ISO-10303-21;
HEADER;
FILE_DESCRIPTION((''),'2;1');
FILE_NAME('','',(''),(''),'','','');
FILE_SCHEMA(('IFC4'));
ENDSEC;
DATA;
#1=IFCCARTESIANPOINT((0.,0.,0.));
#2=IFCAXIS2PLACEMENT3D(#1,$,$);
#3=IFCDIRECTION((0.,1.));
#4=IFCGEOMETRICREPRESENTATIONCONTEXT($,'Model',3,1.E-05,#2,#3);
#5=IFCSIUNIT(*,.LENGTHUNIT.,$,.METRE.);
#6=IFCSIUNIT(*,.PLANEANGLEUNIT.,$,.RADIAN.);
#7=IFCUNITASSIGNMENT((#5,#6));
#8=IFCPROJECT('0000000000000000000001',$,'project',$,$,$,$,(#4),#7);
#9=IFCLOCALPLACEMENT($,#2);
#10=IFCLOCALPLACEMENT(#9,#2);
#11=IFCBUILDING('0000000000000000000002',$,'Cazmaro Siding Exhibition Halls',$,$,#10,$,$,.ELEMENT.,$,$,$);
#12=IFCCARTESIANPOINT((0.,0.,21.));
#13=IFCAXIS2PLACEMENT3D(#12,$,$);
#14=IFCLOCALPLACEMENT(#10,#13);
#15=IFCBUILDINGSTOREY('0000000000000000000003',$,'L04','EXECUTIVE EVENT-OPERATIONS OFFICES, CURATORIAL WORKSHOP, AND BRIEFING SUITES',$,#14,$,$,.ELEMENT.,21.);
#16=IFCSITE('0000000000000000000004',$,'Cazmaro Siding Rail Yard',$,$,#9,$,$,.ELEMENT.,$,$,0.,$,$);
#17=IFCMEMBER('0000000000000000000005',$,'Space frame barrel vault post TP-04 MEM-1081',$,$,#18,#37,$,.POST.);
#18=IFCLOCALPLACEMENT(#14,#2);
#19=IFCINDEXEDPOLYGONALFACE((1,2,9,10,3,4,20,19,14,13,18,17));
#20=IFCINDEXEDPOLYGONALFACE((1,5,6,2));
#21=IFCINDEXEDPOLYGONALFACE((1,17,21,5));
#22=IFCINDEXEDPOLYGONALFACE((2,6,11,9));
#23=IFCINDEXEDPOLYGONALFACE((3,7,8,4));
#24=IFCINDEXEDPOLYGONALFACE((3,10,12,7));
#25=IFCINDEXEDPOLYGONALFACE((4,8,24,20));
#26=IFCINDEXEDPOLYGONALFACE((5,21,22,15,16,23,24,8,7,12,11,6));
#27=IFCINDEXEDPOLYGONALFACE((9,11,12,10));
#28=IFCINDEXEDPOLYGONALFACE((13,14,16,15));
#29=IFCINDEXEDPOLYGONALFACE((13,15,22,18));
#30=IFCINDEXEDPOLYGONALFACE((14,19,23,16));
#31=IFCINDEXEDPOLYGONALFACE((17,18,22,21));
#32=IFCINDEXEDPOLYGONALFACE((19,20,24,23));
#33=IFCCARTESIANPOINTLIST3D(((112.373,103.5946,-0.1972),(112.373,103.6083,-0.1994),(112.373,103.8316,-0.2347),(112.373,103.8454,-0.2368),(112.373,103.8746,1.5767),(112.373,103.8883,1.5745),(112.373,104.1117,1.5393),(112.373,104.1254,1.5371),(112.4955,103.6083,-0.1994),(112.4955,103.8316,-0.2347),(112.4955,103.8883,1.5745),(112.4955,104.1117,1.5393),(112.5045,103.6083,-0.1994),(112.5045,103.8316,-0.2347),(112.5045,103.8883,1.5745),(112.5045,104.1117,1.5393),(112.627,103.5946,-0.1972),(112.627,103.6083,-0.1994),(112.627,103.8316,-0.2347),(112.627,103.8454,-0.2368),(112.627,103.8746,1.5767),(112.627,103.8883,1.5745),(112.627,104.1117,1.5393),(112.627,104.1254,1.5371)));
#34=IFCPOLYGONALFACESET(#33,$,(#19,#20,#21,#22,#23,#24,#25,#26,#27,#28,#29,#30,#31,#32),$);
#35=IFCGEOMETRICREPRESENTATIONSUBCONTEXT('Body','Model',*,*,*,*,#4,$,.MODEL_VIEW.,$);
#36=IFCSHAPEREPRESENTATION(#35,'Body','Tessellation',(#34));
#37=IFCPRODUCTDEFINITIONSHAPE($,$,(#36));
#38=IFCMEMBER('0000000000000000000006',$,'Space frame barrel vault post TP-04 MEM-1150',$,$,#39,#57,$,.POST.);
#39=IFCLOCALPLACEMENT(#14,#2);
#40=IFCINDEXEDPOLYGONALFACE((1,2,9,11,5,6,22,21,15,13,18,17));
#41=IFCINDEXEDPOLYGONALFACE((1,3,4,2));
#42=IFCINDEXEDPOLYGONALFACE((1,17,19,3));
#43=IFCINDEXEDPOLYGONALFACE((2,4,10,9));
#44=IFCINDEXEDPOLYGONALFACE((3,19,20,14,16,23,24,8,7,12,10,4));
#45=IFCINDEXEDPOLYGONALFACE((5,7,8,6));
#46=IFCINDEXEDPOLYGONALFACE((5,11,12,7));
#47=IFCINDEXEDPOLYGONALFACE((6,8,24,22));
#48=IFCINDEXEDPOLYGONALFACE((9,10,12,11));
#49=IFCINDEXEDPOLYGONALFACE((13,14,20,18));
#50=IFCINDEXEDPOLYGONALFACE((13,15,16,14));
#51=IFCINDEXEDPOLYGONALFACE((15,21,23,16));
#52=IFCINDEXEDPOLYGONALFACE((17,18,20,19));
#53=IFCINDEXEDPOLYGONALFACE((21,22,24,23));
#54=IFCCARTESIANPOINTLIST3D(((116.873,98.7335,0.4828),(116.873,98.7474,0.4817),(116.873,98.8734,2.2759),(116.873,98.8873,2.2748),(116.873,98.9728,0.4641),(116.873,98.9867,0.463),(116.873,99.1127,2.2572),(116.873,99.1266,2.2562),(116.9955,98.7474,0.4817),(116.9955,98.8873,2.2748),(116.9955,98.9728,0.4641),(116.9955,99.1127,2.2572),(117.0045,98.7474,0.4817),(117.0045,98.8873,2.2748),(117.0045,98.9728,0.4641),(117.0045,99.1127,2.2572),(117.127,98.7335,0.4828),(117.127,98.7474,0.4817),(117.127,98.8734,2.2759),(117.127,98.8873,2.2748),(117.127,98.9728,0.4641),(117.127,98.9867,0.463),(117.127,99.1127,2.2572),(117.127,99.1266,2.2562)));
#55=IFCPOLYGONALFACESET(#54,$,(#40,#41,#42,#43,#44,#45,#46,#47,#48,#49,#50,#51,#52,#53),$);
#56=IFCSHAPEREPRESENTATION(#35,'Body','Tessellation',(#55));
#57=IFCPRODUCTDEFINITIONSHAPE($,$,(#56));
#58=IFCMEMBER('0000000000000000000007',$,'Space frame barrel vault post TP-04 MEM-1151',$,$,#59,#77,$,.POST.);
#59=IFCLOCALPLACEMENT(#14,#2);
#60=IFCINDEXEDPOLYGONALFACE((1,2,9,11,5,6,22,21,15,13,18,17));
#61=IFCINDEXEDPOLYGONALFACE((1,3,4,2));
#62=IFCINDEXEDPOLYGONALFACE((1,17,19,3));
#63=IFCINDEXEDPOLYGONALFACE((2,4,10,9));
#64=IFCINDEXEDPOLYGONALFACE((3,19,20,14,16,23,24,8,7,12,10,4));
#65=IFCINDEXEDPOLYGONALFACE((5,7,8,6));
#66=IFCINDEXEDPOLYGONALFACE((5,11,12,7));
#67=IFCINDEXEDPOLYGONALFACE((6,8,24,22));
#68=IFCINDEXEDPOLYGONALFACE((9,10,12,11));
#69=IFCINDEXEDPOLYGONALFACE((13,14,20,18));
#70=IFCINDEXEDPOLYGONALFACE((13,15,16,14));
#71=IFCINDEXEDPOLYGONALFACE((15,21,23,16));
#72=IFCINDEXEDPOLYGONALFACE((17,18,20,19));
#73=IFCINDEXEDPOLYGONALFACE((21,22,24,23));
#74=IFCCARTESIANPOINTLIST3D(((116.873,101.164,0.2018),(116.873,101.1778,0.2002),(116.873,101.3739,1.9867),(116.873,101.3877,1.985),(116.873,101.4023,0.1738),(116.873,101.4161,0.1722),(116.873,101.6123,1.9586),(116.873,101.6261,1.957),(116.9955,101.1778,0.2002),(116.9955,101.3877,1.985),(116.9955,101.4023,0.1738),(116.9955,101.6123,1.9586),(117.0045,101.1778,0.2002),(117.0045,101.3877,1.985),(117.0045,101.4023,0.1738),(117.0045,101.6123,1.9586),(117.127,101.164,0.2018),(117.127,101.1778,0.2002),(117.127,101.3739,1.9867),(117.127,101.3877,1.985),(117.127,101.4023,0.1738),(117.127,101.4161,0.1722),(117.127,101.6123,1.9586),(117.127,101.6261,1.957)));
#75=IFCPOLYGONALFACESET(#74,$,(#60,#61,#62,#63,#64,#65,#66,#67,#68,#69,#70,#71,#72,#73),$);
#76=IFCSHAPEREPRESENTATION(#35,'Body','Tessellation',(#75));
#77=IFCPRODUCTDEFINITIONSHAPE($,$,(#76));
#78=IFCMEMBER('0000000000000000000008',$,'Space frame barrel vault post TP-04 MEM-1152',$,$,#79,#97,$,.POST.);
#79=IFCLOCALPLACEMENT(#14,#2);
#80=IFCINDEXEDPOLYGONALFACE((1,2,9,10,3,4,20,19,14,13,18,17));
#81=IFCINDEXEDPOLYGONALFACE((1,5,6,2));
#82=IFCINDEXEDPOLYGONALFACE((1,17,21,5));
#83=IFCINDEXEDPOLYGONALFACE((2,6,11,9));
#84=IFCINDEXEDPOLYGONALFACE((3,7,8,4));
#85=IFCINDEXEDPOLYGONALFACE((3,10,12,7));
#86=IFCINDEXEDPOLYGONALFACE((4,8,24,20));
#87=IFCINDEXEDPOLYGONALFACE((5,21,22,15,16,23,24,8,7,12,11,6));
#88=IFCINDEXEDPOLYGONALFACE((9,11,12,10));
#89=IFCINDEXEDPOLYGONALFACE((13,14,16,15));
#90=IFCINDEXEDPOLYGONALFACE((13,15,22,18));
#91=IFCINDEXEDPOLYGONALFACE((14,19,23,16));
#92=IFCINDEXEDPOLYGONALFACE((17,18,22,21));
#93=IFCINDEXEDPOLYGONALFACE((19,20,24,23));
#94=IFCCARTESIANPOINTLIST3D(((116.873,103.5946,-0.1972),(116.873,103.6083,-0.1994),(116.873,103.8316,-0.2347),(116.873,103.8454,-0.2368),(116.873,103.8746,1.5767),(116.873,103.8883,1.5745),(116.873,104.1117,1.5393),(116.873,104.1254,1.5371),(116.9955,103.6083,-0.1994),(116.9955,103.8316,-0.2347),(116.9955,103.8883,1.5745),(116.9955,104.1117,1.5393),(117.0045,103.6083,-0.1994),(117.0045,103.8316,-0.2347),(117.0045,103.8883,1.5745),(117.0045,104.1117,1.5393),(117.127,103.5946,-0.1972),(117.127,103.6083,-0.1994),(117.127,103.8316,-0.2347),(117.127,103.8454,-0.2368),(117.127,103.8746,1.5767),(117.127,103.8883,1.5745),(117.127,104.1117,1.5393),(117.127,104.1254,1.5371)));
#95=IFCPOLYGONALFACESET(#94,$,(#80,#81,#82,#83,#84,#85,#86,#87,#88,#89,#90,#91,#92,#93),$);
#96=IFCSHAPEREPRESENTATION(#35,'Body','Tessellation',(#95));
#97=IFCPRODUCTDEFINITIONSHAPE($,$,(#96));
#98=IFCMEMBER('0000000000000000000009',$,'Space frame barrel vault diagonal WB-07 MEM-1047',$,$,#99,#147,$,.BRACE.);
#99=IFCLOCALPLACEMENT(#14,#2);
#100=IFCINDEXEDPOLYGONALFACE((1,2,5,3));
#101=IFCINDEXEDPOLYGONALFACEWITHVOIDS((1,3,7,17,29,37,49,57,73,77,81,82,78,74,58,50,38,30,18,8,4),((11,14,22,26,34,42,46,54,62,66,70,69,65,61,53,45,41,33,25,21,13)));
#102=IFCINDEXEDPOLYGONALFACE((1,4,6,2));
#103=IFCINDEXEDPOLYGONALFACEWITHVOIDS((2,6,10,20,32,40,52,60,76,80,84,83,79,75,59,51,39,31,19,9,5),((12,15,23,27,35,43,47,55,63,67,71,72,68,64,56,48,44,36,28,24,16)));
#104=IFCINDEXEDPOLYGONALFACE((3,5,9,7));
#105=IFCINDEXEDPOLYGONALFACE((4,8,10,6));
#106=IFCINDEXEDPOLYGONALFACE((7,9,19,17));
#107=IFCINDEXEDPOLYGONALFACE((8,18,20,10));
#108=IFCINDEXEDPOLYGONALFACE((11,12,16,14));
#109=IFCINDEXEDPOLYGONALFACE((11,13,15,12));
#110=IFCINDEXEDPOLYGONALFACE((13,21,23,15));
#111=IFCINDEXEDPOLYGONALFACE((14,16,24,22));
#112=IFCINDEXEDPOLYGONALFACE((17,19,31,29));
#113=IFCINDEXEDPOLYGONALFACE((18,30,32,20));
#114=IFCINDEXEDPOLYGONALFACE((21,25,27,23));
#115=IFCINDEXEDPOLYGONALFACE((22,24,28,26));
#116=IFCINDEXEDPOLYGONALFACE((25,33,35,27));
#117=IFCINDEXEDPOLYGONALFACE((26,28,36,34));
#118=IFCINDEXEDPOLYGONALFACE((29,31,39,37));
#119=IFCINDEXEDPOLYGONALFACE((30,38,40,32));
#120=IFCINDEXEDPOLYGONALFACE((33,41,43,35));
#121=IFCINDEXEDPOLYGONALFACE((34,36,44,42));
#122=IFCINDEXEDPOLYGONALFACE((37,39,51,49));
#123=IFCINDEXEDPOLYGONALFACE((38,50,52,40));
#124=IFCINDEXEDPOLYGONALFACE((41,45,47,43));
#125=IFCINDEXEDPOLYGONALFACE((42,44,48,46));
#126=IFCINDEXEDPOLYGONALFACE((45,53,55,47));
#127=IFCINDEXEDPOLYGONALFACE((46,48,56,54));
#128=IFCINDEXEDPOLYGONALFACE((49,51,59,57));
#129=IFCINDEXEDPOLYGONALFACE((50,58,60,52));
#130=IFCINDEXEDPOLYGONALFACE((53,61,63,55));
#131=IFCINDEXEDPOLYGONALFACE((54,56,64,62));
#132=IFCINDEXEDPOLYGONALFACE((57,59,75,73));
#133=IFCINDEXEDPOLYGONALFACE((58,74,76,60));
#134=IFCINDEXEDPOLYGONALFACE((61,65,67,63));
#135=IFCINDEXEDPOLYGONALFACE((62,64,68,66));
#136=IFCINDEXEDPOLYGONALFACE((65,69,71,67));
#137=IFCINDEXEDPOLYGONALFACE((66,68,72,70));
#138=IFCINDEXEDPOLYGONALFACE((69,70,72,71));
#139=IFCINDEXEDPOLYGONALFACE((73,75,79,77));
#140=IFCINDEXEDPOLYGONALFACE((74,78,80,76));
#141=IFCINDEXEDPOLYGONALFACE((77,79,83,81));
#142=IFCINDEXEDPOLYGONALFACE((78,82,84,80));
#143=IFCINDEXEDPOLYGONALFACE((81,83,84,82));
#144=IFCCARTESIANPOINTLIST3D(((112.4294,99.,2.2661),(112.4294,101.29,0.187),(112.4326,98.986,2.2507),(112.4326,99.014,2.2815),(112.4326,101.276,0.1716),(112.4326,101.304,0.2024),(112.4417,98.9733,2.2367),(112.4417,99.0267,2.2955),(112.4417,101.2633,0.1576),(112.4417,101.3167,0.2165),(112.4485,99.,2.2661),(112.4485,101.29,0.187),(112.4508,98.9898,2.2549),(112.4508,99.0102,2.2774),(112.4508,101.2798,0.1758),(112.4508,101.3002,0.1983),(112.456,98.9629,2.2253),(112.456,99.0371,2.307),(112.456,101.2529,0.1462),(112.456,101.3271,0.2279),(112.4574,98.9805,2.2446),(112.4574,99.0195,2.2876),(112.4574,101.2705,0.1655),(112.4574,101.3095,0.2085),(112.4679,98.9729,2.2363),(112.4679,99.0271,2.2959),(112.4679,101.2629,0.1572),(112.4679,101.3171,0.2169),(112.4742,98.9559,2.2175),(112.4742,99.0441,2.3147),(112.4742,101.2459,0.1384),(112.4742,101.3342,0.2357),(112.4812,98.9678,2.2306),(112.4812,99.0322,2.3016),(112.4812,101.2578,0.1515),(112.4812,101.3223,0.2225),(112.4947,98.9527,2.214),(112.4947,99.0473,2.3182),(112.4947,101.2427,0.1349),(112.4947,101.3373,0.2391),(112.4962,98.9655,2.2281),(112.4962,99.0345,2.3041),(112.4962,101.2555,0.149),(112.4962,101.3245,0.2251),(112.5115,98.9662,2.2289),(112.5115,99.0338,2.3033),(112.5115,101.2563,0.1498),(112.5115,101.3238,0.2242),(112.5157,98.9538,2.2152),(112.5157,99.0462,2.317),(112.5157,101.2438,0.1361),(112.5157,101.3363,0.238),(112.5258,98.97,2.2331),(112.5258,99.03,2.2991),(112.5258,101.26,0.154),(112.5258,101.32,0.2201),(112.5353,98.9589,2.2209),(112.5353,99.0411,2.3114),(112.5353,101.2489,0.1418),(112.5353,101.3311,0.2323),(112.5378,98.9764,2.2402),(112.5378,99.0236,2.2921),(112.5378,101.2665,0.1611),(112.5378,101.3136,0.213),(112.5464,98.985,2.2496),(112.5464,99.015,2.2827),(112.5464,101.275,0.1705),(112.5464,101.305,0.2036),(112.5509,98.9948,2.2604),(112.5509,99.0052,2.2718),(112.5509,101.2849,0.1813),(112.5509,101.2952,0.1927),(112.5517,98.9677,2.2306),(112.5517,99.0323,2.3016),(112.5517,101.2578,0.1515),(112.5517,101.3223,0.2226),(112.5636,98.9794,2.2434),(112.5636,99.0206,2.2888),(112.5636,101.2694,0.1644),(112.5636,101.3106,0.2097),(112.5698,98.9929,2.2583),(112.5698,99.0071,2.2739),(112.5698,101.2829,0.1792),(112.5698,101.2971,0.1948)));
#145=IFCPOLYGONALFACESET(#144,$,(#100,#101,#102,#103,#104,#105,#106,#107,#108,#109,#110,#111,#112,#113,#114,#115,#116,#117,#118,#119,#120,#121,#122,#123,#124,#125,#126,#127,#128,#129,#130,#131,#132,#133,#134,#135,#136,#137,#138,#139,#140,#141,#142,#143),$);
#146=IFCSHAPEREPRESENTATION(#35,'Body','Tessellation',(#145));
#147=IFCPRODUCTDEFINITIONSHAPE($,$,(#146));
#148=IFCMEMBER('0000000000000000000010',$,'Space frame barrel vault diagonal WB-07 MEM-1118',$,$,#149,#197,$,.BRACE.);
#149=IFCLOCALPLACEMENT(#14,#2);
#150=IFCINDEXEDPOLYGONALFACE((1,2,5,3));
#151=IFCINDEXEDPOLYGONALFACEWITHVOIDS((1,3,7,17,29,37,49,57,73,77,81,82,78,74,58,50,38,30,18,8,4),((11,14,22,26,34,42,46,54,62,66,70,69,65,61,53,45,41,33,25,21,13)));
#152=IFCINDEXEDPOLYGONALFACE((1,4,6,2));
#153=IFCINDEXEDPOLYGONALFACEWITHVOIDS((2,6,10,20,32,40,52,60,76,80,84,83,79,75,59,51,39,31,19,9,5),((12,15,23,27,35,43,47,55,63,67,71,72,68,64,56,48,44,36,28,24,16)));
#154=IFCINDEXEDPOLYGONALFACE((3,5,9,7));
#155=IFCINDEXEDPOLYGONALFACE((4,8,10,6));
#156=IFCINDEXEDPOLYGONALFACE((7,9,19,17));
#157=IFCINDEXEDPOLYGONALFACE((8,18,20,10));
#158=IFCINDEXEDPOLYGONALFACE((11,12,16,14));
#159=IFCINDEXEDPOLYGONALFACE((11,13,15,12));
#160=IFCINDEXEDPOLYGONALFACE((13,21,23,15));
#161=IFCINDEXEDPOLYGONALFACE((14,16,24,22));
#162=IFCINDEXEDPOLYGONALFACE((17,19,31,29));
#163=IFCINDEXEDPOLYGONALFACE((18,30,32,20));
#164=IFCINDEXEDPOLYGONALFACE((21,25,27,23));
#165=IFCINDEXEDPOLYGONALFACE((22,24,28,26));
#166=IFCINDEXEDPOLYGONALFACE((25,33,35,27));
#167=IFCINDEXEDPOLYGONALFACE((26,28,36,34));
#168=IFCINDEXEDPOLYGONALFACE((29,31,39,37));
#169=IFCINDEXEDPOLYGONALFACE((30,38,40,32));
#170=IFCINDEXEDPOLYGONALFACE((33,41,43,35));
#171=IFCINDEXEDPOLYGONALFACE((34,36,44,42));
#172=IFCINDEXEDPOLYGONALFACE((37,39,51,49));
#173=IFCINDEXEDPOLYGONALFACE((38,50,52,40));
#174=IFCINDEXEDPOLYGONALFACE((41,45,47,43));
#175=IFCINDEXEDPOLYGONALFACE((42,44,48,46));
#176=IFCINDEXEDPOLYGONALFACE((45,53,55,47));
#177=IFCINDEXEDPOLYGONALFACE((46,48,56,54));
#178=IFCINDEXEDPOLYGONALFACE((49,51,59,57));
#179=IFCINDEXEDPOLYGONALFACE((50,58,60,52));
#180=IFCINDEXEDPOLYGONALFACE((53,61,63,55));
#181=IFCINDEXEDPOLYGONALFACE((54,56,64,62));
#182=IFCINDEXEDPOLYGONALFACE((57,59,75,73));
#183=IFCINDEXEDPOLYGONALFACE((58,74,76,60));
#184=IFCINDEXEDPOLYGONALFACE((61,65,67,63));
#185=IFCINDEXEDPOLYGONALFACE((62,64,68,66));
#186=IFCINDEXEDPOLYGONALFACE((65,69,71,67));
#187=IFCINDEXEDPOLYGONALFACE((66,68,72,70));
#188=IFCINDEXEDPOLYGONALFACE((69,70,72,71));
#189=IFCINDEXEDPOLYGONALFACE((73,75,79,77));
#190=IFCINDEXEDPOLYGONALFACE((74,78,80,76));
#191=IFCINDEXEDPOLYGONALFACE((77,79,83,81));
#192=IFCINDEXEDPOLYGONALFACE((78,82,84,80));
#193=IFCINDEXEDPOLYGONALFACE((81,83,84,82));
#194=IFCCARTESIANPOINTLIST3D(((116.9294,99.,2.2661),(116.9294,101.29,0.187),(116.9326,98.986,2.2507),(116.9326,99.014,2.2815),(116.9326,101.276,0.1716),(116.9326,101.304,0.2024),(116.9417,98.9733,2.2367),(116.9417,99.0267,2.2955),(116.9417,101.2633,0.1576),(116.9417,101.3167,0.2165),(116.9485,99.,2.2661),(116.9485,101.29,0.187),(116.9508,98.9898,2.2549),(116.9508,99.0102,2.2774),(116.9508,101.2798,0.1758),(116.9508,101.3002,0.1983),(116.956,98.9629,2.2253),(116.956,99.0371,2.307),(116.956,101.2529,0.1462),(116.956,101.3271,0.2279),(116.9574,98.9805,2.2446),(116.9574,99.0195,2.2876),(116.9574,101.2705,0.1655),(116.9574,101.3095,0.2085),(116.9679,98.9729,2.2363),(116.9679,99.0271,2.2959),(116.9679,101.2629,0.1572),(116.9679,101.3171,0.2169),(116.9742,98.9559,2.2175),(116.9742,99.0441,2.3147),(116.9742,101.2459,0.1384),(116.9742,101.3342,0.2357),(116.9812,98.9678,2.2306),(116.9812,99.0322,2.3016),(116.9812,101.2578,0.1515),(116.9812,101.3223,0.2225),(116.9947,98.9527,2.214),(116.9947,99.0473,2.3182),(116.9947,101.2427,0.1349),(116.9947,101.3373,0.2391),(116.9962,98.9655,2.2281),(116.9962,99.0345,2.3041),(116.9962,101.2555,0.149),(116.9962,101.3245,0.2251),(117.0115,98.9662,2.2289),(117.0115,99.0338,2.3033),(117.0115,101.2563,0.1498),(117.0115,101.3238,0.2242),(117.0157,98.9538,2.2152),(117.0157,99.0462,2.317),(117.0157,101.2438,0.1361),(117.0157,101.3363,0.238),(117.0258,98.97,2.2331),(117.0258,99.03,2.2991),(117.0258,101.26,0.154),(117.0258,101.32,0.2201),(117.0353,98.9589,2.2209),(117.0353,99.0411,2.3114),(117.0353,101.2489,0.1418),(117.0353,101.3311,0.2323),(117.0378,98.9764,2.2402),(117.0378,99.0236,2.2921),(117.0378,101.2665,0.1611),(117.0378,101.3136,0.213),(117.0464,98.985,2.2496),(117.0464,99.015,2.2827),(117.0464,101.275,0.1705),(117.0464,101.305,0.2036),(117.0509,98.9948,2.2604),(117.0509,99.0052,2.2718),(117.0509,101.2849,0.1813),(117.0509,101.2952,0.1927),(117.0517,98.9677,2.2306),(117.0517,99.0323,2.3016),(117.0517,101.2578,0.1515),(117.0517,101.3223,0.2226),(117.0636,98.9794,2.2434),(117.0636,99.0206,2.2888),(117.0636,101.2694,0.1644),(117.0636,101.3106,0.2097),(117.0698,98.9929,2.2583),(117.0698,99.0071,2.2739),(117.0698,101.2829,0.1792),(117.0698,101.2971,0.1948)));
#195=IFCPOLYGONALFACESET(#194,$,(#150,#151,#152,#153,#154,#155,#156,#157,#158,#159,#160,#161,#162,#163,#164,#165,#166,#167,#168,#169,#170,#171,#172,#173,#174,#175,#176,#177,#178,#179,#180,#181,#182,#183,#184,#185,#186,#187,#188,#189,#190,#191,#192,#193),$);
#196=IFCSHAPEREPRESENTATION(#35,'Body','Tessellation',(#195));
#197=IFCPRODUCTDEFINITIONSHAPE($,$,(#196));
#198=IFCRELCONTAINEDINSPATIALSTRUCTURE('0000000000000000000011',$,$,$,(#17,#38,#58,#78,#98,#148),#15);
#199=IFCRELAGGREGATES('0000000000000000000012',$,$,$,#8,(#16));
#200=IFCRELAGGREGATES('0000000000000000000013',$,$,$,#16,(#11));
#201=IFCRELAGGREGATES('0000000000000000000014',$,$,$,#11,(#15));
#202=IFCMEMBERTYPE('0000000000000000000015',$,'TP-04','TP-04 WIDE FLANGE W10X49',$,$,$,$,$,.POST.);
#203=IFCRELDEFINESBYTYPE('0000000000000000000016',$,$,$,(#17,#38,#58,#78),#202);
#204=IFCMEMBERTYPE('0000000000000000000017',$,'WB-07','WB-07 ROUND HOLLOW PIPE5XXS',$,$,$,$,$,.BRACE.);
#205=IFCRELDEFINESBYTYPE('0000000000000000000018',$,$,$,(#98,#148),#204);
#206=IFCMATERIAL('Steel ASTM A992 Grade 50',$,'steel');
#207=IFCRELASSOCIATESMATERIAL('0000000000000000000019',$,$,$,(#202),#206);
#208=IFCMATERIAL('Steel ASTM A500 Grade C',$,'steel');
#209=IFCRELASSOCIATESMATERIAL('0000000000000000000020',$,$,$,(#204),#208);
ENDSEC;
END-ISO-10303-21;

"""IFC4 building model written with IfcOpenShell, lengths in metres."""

from ifc_helpers import new_model, si_unit, direction, frame, origin, origin_2d, place, context, subcontext, project, spatial, hollow_circle, i_section, extrude, material, material_profile, profile_set, type_object, element, save


model = new_model("IFC4")

# Units and contexts
model_context = context("Model", 3, precision=1e-05, world=origin(), true_north=direction((0.0, 1.0)))
body_context = subcontext(model_context, "Body", "Model", "MODEL_VIEW")
ifc_project = project(units=[si_unit("LENGTHUNIT", "METRE"), si_unit("PLANEANGLEUNIT", "RADIAN")], contexts=[model_context])

# Site, building, storey
site_placement = place(None, origin())
site = spatial("IfcSite", under=ifc_project, at=site_placement, Name="Cazmaro Siding Rail Yard", CompositionType="ELEMENT", RefElevation=0.0)
building_placement = place(site_placement, origin())
building = spatial("IfcBuilding", under=site, at=building_placement, Name="Cazmaro Siding Exhibition Halls", CompositionType="ELEMENT")
storey_placement = place(building_placement, frame((0.0, 0.0, 21.0)))
storey = spatial("IfcBuildingStorey", under=building, at=storey_placement, Name="L04", Description="EXECUTIVE EVENT-OPERATIONS OFFICES, CURATORIAL WORKSHOP, AND BRIEFING SUITES", CompositionType="ELEMENT", Elevation=21.0)

# Members
ifc_material_1 = material(Name="Steel ASTM A992 Grade 50", Category="steel")
ifc_material_profile_1 = material_profile(ifc_material_1, i_section(OverallWidth=0.2539, OverallDepth=0.2539, WebThickness=0.009, FlangeThickness=0.0139, at=origin_2d()), Name="W10X49")
ifc_profile_set_1 = profile_set([ifc_material_profile_1], Name="Steel ASTM A992 Grade 50")
member_type_1 = type_object("IfcMemberType", Name="TP-04", Description="TP-04 WIDE FLANGE W10X49", PredefinedType="POST", material=ifc_profile_set_1)
member_1_placement = place(storey_placement, frame((112.5, 103.72, -0.217), z_axis=(0.0, 0.155928, 0.987768), x_axis=(-1.0, 0.0, 0.0)))
element("IfcMember", 1, at=member_1_placement, inside=storey, type_object=member_type_1, Name="Space frame barrel vault post TP-04 MEM-1081", PredefinedType="POST", context=body_context, shape_type="SweptSolid", body=[
    extrude(i_section(OverallWidth=0.2539, OverallDepth=0.2539, WebThickness=0.009, FlangeThickness=0.0139, at=origin_2d()), origin(), (0.0, 0.0, 1.0), 1.7959),
])
member_2_placement = place(storey_placement, frame((117.0, 98.8601, 0.4729), z_axis=(0.0, 0.077776, 0.996971), x_axis=(-1.0, 0.0, 0.0)))
element("IfcMember", 2, at=member_2_placement, inside=storey, type_object=member_type_1, Name="Space frame barrel vault post TP-04 MEM-1150", PredefinedType="POST", context=body_context, shape_type="SweptSolid", body=[
    extrude(i_section(OverallWidth=0.2539, OverallDepth=0.2539, WebThickness=0.009, FlangeThickness=0.0139, at=origin_2d()), origin(), (0.0, 0.0, 1.0), 1.7986),
])
member_3_placement = place(storey_placement, frame((117.0, 101.29, 0.187), z_axis=(0.0, 0.116825, 0.993152), x_axis=(-1.0, 0.0, 0.0)))
element("IfcMember", 3, at=member_3_placement, inside=storey, type_object=member_type_1, Name="Space frame barrel vault post TP-04 MEM-1151", PredefinedType="POST", context=body_context, shape_type="SweptSolid", body=[
    extrude(i_section(OverallWidth=0.2539, OverallDepth=0.2539, WebThickness=0.009, FlangeThickness=0.0139, at=origin_2d()), origin(), (0.0, 0.0, 1.0), 1.7971),
])
member_4_placement = place(storey_placement, frame((117.0, 103.72, -0.217), z_axis=(0.0, 0.155928, 0.987768), x_axis=(-1.0, 0.0, 0.0)))
element("IfcMember", 4, at=member_4_placement, inside=storey, type_object=member_type_1, Name="Space frame barrel vault post TP-04 MEM-1152", PredefinedType="POST", context=body_context, shape_type="SweptSolid", body=[
    extrude(i_section(OverallWidth=0.2539, OverallDepth=0.2539, WebThickness=0.009, FlangeThickness=0.0139, at=origin_2d()), origin(), (0.0, 0.0, 1.0), 1.7959),
])
ifc_material_2 = material(Name="Steel ASTM A500 Grade C", Category="steel")
ifc_material_profile_2 = material_profile(ifc_material_2, hollow_circle(Radius=0.0706, WallThickness=0.019, at=origin_2d()), Name="PIPE5XXS")
ifc_profile_set_2 = profile_set([ifc_material_profile_2], Name="Steel ASTM A500 Grade C")
member_type_2 = type_object("IfcMemberType", Name="WB-07", Description="WB-07 ROUND HOLLOW PIPE5XXS", PredefinedType="BRACE", material=ifc_profile_set_2)
for number, where, z_axis, x_axis, name in (
    (5, (112.5, 99.0, 2.2661), (0.0, 0.740383, -0.672185), (-1.0, 0.0, 0.0), "Space frame barrel vault diagonal WB-07 MEM-1047"),
    (6, (117.0, 99.0, 2.2661), (0.0, 0.740383, -0.672185), (-1.0, 0.0, 0.0), "Space frame barrel vault diagonal WB-07 MEM-1118"),
):
    element("IfcMember", number, at=place(storey_placement, frame(where, z_axis=z_axis, x_axis=x_axis)), inside=storey, type_object=member_type_2, Name=name, PredefinedType="BRACE", context=body_context, shape_type="SweptSolid", body=[
        extrude(hollow_circle(Radius=0.0706, WallThickness=0.019, at=origin_2d()), origin(), (0.0, 0.0, 1.0), 3.093),
    ])

save(model, "model.ifc")
